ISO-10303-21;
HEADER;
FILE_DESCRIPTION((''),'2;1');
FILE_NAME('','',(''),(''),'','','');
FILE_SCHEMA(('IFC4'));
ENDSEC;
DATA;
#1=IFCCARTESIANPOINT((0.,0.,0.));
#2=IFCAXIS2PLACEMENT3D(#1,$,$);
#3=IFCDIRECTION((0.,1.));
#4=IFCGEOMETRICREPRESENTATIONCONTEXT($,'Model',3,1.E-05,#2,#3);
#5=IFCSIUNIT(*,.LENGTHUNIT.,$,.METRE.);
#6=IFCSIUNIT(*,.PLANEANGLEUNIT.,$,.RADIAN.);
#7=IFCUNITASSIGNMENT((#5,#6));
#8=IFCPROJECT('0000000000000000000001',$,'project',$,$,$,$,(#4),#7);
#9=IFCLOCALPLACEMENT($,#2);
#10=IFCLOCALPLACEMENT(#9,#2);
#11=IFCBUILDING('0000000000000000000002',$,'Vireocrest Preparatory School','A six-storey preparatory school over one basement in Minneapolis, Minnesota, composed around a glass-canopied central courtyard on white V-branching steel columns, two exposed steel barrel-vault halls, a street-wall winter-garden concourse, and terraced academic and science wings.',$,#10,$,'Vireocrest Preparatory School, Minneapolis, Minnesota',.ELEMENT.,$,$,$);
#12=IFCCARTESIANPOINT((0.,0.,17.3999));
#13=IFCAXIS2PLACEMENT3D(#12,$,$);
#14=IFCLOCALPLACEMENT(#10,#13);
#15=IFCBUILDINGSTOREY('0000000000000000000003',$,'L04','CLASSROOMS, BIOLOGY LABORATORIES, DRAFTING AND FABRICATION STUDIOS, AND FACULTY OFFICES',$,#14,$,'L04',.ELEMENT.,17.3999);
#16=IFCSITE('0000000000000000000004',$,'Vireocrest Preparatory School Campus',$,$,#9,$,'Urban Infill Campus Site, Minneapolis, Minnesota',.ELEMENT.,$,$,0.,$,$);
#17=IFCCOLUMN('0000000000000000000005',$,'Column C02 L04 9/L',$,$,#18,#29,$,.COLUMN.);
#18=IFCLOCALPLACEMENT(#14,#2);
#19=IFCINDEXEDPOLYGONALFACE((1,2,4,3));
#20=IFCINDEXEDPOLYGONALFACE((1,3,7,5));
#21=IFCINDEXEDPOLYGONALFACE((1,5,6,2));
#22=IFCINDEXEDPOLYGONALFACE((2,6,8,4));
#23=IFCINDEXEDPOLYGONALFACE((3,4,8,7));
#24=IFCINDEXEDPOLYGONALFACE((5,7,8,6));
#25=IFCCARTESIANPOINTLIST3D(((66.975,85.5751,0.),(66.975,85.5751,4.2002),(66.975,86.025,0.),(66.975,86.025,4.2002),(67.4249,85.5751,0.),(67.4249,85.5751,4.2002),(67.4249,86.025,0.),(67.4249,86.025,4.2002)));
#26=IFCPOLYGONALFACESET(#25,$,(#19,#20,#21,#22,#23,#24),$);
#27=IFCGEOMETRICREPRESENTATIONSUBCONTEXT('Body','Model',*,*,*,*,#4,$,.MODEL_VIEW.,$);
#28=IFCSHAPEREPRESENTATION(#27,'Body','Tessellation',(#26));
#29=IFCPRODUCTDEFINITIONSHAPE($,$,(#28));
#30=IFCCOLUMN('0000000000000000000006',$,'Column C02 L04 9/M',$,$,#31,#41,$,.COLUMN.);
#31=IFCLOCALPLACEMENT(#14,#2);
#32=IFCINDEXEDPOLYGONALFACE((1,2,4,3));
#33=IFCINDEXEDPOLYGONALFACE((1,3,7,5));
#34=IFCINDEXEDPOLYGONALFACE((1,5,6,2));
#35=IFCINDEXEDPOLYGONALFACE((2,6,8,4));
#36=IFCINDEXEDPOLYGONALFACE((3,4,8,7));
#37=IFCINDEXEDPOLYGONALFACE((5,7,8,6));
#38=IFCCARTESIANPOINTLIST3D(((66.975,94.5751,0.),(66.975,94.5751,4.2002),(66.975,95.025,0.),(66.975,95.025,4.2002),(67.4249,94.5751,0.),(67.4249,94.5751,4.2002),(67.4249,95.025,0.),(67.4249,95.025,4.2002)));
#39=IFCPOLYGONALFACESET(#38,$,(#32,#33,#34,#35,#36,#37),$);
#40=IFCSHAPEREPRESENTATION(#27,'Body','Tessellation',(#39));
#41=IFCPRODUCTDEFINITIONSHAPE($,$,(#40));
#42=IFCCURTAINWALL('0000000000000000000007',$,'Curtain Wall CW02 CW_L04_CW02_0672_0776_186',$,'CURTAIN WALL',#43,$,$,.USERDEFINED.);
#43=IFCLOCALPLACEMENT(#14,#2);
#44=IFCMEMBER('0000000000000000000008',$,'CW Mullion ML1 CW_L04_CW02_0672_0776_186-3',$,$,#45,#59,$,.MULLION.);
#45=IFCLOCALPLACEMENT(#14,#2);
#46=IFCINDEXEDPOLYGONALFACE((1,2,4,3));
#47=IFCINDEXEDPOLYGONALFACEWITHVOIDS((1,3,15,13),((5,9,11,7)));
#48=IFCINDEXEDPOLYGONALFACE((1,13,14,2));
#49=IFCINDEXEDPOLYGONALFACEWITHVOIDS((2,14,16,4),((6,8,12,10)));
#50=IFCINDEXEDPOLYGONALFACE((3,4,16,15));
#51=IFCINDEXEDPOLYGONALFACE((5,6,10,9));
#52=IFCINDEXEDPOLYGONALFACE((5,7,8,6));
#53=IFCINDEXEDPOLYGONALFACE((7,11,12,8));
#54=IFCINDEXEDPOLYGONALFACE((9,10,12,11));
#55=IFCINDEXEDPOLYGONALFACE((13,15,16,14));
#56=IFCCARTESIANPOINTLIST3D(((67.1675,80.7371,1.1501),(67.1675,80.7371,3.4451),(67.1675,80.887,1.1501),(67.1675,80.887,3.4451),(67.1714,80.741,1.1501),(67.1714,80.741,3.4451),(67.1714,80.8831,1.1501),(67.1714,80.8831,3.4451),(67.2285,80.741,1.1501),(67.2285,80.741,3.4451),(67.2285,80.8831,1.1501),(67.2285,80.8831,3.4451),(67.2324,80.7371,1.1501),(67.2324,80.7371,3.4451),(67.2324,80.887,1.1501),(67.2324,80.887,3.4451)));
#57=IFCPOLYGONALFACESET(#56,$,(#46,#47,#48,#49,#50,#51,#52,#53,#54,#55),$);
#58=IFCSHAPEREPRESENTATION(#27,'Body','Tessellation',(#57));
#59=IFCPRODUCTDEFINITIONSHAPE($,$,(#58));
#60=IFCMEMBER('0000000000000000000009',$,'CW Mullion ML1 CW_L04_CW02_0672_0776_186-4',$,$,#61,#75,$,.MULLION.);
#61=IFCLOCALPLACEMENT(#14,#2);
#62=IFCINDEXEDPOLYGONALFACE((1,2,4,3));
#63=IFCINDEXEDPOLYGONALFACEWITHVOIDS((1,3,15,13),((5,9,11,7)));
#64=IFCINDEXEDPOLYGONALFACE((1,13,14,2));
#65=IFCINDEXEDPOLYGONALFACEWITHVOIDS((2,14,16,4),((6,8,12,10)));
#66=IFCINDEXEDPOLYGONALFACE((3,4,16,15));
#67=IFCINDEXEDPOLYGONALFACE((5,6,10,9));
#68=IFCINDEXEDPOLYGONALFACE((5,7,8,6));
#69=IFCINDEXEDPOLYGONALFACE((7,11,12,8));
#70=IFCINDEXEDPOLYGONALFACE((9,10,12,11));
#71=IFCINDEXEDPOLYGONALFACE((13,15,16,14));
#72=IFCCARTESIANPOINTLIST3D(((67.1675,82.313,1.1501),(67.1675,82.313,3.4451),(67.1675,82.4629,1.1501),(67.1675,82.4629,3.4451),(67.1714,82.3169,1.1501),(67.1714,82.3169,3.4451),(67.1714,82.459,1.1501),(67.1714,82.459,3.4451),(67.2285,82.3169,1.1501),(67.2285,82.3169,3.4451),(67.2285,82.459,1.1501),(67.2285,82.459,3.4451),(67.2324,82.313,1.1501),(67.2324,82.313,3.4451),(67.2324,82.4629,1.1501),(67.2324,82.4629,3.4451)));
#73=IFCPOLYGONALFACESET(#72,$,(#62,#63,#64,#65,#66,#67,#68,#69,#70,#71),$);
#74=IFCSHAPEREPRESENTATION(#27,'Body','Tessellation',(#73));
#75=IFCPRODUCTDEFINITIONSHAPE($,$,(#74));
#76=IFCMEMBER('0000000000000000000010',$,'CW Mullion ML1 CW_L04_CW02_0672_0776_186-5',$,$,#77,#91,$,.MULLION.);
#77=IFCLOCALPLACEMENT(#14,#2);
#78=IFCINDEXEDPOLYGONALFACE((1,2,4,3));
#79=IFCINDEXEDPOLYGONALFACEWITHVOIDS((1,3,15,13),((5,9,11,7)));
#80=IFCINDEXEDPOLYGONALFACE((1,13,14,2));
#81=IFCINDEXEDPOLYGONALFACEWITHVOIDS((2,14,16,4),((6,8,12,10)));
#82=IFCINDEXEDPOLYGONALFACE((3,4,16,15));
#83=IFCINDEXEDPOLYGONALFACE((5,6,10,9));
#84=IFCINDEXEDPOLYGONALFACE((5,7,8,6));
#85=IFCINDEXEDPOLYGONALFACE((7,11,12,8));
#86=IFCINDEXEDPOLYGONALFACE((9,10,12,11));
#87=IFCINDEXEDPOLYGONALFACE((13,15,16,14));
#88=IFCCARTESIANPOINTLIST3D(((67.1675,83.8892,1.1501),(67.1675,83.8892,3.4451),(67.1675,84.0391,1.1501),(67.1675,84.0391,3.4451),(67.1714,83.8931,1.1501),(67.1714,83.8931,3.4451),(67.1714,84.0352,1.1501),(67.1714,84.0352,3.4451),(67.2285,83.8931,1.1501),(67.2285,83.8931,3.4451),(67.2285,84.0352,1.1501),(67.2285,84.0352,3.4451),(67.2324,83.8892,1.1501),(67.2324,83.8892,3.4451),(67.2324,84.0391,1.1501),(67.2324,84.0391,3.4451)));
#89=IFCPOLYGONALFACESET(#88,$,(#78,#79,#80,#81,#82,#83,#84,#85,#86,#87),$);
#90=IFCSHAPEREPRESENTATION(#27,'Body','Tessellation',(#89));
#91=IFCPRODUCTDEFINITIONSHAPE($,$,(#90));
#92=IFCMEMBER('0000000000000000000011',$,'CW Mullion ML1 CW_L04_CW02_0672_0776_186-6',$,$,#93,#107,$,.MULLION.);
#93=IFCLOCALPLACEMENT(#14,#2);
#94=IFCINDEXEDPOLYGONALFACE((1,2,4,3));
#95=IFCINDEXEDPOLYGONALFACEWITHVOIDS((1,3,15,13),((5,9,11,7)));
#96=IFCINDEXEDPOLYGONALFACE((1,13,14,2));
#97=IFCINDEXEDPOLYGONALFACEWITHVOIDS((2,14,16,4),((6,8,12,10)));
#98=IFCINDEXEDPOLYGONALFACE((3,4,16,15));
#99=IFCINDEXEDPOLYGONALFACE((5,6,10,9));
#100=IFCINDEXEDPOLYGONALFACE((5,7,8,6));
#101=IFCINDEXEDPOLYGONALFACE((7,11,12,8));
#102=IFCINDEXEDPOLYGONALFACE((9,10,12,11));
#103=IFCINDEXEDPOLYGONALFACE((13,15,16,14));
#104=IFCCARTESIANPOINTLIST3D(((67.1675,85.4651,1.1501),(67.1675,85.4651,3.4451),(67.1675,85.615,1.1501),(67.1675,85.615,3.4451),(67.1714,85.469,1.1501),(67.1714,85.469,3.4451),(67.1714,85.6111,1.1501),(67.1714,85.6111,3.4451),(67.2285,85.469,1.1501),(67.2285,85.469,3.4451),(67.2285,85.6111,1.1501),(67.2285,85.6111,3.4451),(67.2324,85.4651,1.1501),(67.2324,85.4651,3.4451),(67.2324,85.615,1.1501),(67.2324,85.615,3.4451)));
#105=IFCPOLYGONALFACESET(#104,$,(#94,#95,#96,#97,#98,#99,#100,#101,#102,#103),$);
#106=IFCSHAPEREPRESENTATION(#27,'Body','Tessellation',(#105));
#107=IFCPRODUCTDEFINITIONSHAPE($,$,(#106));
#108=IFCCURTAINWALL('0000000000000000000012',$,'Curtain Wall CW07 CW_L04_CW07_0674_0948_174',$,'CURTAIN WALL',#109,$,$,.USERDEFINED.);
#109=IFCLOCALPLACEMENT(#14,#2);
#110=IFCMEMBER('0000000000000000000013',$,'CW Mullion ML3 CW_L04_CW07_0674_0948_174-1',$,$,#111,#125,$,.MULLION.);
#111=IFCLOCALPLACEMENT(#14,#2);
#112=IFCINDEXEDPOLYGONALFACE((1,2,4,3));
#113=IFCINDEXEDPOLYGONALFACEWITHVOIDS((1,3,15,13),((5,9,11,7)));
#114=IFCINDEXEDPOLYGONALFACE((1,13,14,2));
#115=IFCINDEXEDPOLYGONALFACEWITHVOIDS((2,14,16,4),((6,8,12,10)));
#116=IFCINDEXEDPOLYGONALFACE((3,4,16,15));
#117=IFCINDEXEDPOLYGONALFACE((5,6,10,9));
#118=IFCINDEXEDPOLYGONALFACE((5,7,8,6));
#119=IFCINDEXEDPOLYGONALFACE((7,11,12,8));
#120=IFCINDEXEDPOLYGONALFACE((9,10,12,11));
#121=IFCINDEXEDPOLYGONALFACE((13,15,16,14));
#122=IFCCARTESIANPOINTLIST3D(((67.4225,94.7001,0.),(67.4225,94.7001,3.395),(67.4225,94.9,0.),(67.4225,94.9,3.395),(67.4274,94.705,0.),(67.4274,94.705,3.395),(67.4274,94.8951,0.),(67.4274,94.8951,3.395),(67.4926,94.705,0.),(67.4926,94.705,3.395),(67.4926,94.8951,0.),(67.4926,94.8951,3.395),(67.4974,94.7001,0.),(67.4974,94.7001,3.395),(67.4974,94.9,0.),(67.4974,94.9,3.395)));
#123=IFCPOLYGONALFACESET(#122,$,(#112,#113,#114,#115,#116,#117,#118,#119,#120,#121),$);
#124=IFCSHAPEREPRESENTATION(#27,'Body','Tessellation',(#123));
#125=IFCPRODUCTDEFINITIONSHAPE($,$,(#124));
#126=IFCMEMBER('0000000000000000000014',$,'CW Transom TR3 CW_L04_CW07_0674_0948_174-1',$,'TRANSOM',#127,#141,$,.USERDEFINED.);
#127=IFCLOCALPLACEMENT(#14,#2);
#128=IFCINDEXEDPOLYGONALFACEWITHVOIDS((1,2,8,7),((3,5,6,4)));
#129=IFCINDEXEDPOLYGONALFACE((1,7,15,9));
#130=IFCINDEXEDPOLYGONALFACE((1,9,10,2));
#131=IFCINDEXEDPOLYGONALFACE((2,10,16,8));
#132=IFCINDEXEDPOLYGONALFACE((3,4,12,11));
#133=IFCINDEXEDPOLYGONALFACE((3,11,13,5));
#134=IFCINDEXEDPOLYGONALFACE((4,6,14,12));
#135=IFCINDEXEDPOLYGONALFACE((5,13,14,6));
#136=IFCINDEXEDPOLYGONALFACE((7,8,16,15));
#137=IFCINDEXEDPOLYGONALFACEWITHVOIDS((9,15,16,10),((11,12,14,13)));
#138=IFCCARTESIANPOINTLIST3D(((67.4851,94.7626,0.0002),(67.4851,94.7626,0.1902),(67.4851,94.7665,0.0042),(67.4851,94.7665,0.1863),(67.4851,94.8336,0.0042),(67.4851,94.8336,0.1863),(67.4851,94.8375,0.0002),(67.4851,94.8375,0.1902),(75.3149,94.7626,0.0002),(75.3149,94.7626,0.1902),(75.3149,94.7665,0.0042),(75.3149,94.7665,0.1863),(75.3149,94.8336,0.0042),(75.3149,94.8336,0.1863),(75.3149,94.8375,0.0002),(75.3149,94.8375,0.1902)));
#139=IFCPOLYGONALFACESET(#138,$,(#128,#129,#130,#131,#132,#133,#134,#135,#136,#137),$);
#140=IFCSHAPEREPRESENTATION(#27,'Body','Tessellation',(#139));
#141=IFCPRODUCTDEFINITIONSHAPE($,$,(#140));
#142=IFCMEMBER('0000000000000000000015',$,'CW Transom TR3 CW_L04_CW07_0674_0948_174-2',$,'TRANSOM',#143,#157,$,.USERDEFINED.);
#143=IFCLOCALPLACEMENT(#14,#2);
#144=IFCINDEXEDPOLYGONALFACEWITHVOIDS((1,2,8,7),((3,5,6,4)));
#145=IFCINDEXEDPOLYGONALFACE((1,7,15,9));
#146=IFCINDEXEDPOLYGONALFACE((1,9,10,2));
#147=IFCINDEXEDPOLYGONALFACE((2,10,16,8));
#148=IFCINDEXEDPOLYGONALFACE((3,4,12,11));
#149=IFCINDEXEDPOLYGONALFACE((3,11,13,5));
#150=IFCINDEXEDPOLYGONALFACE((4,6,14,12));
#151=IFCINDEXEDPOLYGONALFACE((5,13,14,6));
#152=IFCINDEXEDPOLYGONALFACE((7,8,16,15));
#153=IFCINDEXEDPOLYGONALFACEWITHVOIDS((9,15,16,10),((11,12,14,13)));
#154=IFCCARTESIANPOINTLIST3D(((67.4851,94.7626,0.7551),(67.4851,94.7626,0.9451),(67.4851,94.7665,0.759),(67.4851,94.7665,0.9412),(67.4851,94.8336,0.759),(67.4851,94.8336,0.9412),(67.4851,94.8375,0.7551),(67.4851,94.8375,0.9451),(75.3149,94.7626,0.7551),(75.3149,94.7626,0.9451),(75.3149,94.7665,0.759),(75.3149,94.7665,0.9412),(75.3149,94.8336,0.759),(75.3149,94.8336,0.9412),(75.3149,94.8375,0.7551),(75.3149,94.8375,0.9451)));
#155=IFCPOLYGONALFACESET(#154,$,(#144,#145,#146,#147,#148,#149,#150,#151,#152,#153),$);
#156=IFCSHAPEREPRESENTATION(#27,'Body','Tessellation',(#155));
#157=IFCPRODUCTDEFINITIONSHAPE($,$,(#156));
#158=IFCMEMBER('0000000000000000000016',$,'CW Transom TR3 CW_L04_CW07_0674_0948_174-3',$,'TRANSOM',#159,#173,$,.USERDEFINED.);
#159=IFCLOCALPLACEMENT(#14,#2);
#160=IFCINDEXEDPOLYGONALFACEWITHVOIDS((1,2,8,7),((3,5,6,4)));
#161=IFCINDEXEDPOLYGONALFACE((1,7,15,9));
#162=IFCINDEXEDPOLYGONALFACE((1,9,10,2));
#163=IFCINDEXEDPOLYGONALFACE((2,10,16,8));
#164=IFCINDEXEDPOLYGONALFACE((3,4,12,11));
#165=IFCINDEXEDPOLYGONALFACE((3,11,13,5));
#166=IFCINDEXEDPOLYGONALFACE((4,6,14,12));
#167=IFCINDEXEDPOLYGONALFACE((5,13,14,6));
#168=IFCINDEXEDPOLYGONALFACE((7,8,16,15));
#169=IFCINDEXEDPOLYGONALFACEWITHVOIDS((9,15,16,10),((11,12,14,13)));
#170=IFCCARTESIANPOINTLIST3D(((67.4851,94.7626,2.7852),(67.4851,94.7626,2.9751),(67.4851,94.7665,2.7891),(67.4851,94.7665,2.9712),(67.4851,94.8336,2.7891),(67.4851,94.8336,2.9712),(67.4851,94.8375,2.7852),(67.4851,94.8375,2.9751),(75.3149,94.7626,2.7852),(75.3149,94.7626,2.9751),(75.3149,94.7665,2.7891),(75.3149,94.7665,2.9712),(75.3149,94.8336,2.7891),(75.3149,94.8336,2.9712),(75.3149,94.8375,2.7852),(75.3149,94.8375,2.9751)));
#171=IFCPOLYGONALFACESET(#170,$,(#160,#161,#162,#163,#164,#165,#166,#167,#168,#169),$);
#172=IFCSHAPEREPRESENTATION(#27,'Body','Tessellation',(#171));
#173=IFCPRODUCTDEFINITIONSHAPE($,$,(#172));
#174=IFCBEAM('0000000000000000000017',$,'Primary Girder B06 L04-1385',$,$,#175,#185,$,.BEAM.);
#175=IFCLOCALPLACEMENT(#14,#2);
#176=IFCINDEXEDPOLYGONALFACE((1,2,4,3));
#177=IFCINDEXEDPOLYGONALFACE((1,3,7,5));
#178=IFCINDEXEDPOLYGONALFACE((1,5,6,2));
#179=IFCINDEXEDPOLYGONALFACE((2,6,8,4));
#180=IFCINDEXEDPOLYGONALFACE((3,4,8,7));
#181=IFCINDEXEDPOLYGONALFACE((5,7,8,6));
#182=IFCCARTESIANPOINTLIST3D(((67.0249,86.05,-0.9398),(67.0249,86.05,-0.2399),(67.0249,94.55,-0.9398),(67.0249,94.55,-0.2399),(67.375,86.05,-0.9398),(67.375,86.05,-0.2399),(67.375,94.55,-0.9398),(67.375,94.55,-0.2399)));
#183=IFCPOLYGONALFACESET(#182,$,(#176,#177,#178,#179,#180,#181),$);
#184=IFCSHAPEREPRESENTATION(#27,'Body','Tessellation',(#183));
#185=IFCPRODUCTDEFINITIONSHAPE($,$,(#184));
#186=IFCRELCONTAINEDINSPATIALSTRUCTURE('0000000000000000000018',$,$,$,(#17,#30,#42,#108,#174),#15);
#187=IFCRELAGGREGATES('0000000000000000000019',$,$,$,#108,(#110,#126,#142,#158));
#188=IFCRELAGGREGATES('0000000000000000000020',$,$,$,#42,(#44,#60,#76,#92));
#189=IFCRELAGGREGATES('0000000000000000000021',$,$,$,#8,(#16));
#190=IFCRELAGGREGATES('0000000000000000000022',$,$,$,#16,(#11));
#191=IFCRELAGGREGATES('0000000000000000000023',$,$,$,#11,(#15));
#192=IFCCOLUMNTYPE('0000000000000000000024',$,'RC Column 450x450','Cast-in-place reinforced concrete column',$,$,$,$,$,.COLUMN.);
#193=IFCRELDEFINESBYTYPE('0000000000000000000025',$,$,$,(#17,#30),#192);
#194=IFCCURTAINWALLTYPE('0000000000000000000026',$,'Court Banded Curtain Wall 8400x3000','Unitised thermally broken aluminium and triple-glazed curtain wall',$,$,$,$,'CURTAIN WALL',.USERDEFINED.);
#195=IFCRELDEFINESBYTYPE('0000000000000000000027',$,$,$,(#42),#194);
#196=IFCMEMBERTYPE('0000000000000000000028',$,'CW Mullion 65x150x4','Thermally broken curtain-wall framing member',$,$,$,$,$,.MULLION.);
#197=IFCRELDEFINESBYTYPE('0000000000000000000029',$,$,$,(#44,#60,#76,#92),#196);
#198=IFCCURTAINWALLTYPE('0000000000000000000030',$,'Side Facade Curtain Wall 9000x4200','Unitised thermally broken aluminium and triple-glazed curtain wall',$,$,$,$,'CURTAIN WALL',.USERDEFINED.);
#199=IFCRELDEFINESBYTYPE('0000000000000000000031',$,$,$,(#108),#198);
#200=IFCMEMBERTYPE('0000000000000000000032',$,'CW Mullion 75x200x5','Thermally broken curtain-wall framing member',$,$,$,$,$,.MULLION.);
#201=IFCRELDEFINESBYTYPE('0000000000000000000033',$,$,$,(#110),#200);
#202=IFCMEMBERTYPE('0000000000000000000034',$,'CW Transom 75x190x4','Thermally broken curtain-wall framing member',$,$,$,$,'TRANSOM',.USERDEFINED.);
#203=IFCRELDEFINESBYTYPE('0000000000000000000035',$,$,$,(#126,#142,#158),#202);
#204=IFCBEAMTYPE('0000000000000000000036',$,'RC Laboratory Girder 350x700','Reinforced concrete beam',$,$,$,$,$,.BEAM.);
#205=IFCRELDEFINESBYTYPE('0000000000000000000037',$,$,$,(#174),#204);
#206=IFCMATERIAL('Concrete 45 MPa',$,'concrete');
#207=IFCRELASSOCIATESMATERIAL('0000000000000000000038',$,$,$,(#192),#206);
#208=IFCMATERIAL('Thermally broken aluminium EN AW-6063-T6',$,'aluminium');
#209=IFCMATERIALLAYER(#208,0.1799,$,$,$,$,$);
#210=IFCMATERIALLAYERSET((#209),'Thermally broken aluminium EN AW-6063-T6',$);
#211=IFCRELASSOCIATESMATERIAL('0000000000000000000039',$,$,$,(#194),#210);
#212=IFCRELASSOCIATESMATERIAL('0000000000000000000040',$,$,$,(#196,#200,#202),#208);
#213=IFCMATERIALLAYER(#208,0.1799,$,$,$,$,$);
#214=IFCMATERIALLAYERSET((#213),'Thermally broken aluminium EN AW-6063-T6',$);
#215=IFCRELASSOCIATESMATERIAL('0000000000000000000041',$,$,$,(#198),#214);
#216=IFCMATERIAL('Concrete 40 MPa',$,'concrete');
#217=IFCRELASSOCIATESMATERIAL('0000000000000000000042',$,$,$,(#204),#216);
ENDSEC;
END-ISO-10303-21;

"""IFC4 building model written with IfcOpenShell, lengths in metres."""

from ifc_helpers import new_model, si_unit, direction, frame, origin, origin_2d, place, context, subcontext, project, spatial, rectangle, hollow_rectangle, extrude, material, layer, layer_set, material_profile, profile_set, type_object, element, aggregate, save


model = new_model("IFC4")

# Units and contexts
model_context = context("Model", 3, precision=1e-05, world=origin(), true_north=direction((0.0, 1.0)))
body_context = subcontext(model_context, "Body", "Model", "MODEL_VIEW")
ifc_project = project(units=[si_unit("LENGTHUNIT", "METRE"), si_unit("PLANEANGLEUNIT", "RADIAN")], contexts=[model_context])

# Site, building, storey
site_placement = place(None, origin())
site = spatial("IfcSite", under=ifc_project, at=site_placement, Name="Vireocrest Preparatory School Campus", LongName="Urban Infill Campus Site, Minneapolis, Minnesota", CompositionType="ELEMENT", RefElevation=0.0)
building_placement = place(site_placement, origin())
building = spatial("IfcBuilding", under=site, at=building_placement, Name="Vireocrest Preparatory School", Description="A six-storey preparatory school over one basement in Minneapolis, Minnesota, composed around a glass-canopied central courtyard on white V-branching steel columns, two exposed steel barrel-vault halls, a street-wall winter-garden concourse, and terraced academic and science wings.", LongName="Vireocrest Preparatory School, Minneapolis, Minnesota", CompositionType="ELEMENT")
storey_placement = place(building_placement, frame((0.0, 0.0, 17.3999)))
storey = spatial("IfcBuildingStorey", under=building, at=storey_placement, Name="L04", Description="CLASSROOMS, BIOLOGY LABORATORIES, DRAFTING AND FABRICATION STUDIOS, AND FACULTY OFFICES", LongName="L04", CompositionType="ELEMENT", Elevation=17.3999)

# Columns
ifc_material_1 = material(Name="Concrete 45 MPa", Category="concrete")
ifc_material_profile_1 = material_profile(ifc_material_1, rectangle(XDim=0.45, YDim=0.45, at=origin_2d()), Name="RC 450x450")
ifc_profile_set_1 = profile_set([ifc_material_profile_1], Name="Concrete 45 MPa")
column_type = type_object("IfcColumnType", Name="RC Column 450x450", Description="Cast-in-place reinforced concrete column", PredefinedType="COLUMN", material=ifc_profile_set_1)
for number, where, z_axis, x_axis, name in (
    (1, (67.2, 85.8, 0.0), (0.0, 0.0, 1.0), (1.0, 0.0, 0.0), "Column C02 L04 9/L"),
    (2, (67.2, 94.8, 0.0), (0.0, 0.0, 1.0), (1.0, 0.0, 0.0), "Column C02 L04 9/M"),
):
    element("IfcColumn", number, at=place(storey_placement, frame(where, z_axis=z_axis, x_axis=x_axis)), inside=storey, type_object=column_type, Name=name, PredefinedType="COLUMN", context=body_context, shape_type="SweptSolid", body=[
        extrude(rectangle(XDim=0.45, YDim=0.45, at=origin_2d()), origin(), (0.0, 0.0, 1.0), 4.2002),
    ])

# Curtain walls, members
ifc_material_2 = material(Name="Thermally broken aluminium EN AW-6063-T6", Category="aluminium")
ifc_layer_1 = layer(ifc_material_2, 0.1799)
ifc_layer_set_1 = layer_set([ifc_layer_1], Name="Thermally broken aluminium EN AW-6063-T6")
curtain_wall_type_1 = type_object("IfcCurtainWallType", Name="Court Banded Curtain Wall 8400x3000", Description="Unitised thermally broken aluminium and triple-glazed curtain wall", ElementType="CURTAIN WALL", PredefinedType="USERDEFINED", material=ifc_layer_set_1)
curtain_wall_1_placement = place(storey_placement, origin())
curtain_wall_1 = element("IfcCurtainWall", 3, at=curtain_wall_1_placement, inside=storey, type_object=curtain_wall_type_1, Name="Curtain Wall CW02 CW_L04_CW02_0672_0776_186", ObjectType="CURTAIN WALL", PredefinedType="USERDEFINED")
ifc_material_profile_2 = material_profile(ifc_material_2, hollow_rectangle(XDim=0.0649, YDim=0.1499, WallThickness=0.0039, at=origin_2d()), Name="ALU 65x150x4")
ifc_profile_set_2 = profile_set([ifc_material_profile_2], Name="Thermally broken aluminium EN AW-6063-T6")
member_type_1 = type_object("IfcMemberType", Name="CW Mullion 65x150x4", Description="Thermally broken curtain-wall framing member", PredefinedType="MULLION", material=ifc_profile_set_2)
member_1_placement = place(storey_placement, frame((67.2, 80.812, 1.1501), z_axis=(0.0, 0.0, 1.0), x_axis=(1.0, 0.0, 0.0)))
member_1 = element("IfcMember", 4, at=member_1_placement, type_object=member_type_1, Name="CW Mullion ML1 CW_L04_CW02_0672_0776_186-3", PredefinedType="MULLION", context=body_context, shape_type="SweptSolid", body=[
    extrude(hollow_rectangle(XDim=0.0649, YDim=0.1499, WallThickness=0.0039, at=origin_2d()), origin(), (0.0, 0.0, 1.0), 2.2949),
])
member_2_placement = place(storey_placement, frame((67.2, 82.3879, 1.1501), z_axis=(0.0, 0.0, 1.0), x_axis=(1.0, 0.0, 0.0)))
member_2 = element("IfcMember", 5, at=member_2_placement, type_object=member_type_1, Name="CW Mullion ML1 CW_L04_CW02_0672_0776_186-4", PredefinedType="MULLION", context=body_context, shape_type="SweptSolid", body=[
    extrude(hollow_rectangle(XDim=0.0649, YDim=0.1499, WallThickness=0.0039, at=origin_2d()), origin(), (0.0, 0.0, 1.0), 2.2949),
])
member_3_placement = place(storey_placement, frame((67.2, 83.9641, 1.1501), z_axis=(0.0, 0.0, 1.0), x_axis=(1.0, 0.0, 0.0)))
member_3 = element("IfcMember", 6, at=member_3_placement, type_object=member_type_1, Name="CW Mullion ML1 CW_L04_CW02_0672_0776_186-5", PredefinedType="MULLION", context=body_context, shape_type="SweptSolid", body=[
    extrude(hollow_rectangle(XDim=0.0649, YDim=0.1499, WallThickness=0.0039, at=origin_2d()), origin(), (0.0, 0.0, 1.0), 2.2949),
])
member_4_placement = place(storey_placement, frame((67.2, 85.54, 1.1501), z_axis=(0.0, 0.0, 1.0), x_axis=(1.0, 0.0, 0.0)))
member_4 = element("IfcMember", 7, at=member_4_placement, type_object=member_type_1, Name="CW Mullion ML1 CW_L04_CW02_0672_0776_186-6", PredefinedType="MULLION", context=body_context, shape_type="SweptSolid", body=[
    extrude(hollow_rectangle(XDim=0.0649, YDim=0.1499, WallThickness=0.0039, at=origin_2d()), origin(), (0.0, 0.0, 1.0), 2.2949),
])
ifc_layer_2 = layer(ifc_material_2, 0.1799)
ifc_layer_set_2 = layer_set([ifc_layer_2], Name="Thermally broken aluminium EN AW-6063-T6")
curtain_wall_type_2 = type_object("IfcCurtainWallType", Name="Side Facade Curtain Wall 9000x4200", Description="Unitised thermally broken aluminium and triple-glazed curtain wall", ElementType="CURTAIN WALL", PredefinedType="USERDEFINED", material=ifc_layer_set_2)
curtain_wall_2_placement = place(storey_placement, origin())
curtain_wall_2 = element("IfcCurtainWall", 8, at=curtain_wall_2_placement, inside=storey, type_object=curtain_wall_type_2, Name="Curtain Wall CW07 CW_L04_CW07_0674_0948_174", ObjectType="CURTAIN WALL", PredefinedType="USERDEFINED")
ifc_material_profile_3 = material_profile(ifc_material_2, hollow_rectangle(XDim=0.075, YDim=0.2, WallThickness=0.0049, at=origin_2d()), Name="ALU 75x200x5")
ifc_profile_set_3 = profile_set([ifc_material_profile_3], Name="Thermally broken aluminium EN AW-6063-T6")
member_type_2 = type_object("IfcMemberType", Name="CW Mullion 75x200x5", Description="Thermally broken curtain-wall framing member", PredefinedType="MULLION", material=ifc_profile_set_3)
member_5_placement = place(storey_placement, frame((67.46, 94.8, 0.0), z_axis=(0.0, 0.0, 1.0), x_axis=(1.0, 0.0, 0.0)))
member_5 = element("IfcMember", 9, at=member_5_placement, type_object=member_type_2, Name="CW Mullion ML3 CW_L04_CW07_0674_0948_174-1", PredefinedType="MULLION", context=body_context, shape_type="SweptSolid", body=[
    extrude(hollow_rectangle(XDim=0.075, YDim=0.2, WallThickness=0.0049, at=origin_2d()), origin(), (0.0, 0.0, 1.0), 3.395),
])
ifc_material_profile_4 = material_profile(ifc_material_2, hollow_rectangle(XDim=0.075, YDim=0.1899, WallThickness=0.0039, at=origin_2d()), Name="ALU 75x190x4")
ifc_profile_set_4 = profile_set([ifc_material_profile_4], Name="Thermally broken aluminium EN AW-6063-T6")
member_type_3 = type_object("IfcMemberType", Name="CW Transom 75x190x4", Description="Thermally broken curtain-wall framing member", ElementType="TRANSOM", PredefinedType="USERDEFINED", material=ifc_profile_set_4)
member_6_placement = place(storey_placement, frame((67.4851, 94.8, 0.0952), z_axis=(1.0, 0.0, 0.0), x_axis=(0.0, 1.0, 0.0)))
member_6 = element("IfcMember", 10, at=member_6_placement, type_object=member_type_3, Name="CW Transom TR3 CW_L04_CW07_0674_0948_174-1", ObjectType="TRANSOM", PredefinedType="USERDEFINED", context=body_context, shape_type="SweptSolid", body=[
    extrude(hollow_rectangle(XDim=0.075, YDim=0.1899, WallThickness=0.0039, at=origin_2d()), origin(), (0.0, 0.0, 1.0), 7.8298),
])
member_7_placement = place(storey_placement, frame((67.4851, 94.8, 0.8501), z_axis=(1.0, 0.0, 0.0), x_axis=(0.0, 1.0, 0.0)))
member_7 = element("IfcMember", 11, at=member_7_placement, type_object=member_type_3, Name="CW Transom TR3 CW_L04_CW07_0674_0948_174-2", ObjectType="TRANSOM", PredefinedType="USERDEFINED", context=body_context, shape_type="SweptSolid", body=[
    extrude(hollow_rectangle(XDim=0.075, YDim=0.1899, WallThickness=0.0039, at=origin_2d()), origin(), (0.0, 0.0, 1.0), 7.8298),
])
member_8_placement = place(storey_placement, frame((67.4851, 94.8, 2.8801), z_axis=(1.0, 0.0, 0.0), x_axis=(0.0, 1.0, 0.0)))
member_8 = element("IfcMember", 12, at=member_8_placement, type_object=member_type_3, Name="CW Transom TR3 CW_L04_CW07_0674_0948_174-3", ObjectType="TRANSOM", PredefinedType="USERDEFINED", context=body_context, shape_type="SweptSolid", body=[
    extrude(hollow_rectangle(XDim=0.075, YDim=0.1899, WallThickness=0.0039, at=origin_2d()), origin(), (0.0, 0.0, 1.0), 7.8298),
])
aggregate(curtain_wall_2, [member_5, member_6, member_7, member_8])

# Beam
ifc_material_3 = material(Name="Concrete 40 MPa", Category="concrete")
ifc_material_profile_5 = material_profile(ifc_material_3, rectangle(XDim=0.3501, YDim=0.7, at=origin_2d()), Name="RC 350x700")
ifc_profile_set_5 = profile_set([ifc_material_profile_5], Name="Concrete 40 MPa")
beam_type_1 = type_object("IfcBeamType", Name="RC Laboratory Girder 350x700", Description="Reinforced concrete beam", PredefinedType="BEAM", material=ifc_profile_set_5)
beam_1_placement = place(storey_placement, frame((67.2, 86.05, -0.5898), z_axis=(0.0, 1.0, 0.0), x_axis=(-1.0, 0.0, 0.0)))
element("IfcBeam", 13, at=beam_1_placement, inside=storey, type_object=beam_type_1, Name="Primary Girder B06 L04-1385", PredefinedType="BEAM", context=body_context, shape_type="SweptSolid", body=[
    extrude(rectangle(XDim=0.3501, YDim=0.7, at=origin_2d()), origin(), (0.0, 0.0, 1.0), 8.5),
])

aggregate(curtain_wall_1, [member_1, member_2, member_3, member_4])

save(model, "model.ifc")
